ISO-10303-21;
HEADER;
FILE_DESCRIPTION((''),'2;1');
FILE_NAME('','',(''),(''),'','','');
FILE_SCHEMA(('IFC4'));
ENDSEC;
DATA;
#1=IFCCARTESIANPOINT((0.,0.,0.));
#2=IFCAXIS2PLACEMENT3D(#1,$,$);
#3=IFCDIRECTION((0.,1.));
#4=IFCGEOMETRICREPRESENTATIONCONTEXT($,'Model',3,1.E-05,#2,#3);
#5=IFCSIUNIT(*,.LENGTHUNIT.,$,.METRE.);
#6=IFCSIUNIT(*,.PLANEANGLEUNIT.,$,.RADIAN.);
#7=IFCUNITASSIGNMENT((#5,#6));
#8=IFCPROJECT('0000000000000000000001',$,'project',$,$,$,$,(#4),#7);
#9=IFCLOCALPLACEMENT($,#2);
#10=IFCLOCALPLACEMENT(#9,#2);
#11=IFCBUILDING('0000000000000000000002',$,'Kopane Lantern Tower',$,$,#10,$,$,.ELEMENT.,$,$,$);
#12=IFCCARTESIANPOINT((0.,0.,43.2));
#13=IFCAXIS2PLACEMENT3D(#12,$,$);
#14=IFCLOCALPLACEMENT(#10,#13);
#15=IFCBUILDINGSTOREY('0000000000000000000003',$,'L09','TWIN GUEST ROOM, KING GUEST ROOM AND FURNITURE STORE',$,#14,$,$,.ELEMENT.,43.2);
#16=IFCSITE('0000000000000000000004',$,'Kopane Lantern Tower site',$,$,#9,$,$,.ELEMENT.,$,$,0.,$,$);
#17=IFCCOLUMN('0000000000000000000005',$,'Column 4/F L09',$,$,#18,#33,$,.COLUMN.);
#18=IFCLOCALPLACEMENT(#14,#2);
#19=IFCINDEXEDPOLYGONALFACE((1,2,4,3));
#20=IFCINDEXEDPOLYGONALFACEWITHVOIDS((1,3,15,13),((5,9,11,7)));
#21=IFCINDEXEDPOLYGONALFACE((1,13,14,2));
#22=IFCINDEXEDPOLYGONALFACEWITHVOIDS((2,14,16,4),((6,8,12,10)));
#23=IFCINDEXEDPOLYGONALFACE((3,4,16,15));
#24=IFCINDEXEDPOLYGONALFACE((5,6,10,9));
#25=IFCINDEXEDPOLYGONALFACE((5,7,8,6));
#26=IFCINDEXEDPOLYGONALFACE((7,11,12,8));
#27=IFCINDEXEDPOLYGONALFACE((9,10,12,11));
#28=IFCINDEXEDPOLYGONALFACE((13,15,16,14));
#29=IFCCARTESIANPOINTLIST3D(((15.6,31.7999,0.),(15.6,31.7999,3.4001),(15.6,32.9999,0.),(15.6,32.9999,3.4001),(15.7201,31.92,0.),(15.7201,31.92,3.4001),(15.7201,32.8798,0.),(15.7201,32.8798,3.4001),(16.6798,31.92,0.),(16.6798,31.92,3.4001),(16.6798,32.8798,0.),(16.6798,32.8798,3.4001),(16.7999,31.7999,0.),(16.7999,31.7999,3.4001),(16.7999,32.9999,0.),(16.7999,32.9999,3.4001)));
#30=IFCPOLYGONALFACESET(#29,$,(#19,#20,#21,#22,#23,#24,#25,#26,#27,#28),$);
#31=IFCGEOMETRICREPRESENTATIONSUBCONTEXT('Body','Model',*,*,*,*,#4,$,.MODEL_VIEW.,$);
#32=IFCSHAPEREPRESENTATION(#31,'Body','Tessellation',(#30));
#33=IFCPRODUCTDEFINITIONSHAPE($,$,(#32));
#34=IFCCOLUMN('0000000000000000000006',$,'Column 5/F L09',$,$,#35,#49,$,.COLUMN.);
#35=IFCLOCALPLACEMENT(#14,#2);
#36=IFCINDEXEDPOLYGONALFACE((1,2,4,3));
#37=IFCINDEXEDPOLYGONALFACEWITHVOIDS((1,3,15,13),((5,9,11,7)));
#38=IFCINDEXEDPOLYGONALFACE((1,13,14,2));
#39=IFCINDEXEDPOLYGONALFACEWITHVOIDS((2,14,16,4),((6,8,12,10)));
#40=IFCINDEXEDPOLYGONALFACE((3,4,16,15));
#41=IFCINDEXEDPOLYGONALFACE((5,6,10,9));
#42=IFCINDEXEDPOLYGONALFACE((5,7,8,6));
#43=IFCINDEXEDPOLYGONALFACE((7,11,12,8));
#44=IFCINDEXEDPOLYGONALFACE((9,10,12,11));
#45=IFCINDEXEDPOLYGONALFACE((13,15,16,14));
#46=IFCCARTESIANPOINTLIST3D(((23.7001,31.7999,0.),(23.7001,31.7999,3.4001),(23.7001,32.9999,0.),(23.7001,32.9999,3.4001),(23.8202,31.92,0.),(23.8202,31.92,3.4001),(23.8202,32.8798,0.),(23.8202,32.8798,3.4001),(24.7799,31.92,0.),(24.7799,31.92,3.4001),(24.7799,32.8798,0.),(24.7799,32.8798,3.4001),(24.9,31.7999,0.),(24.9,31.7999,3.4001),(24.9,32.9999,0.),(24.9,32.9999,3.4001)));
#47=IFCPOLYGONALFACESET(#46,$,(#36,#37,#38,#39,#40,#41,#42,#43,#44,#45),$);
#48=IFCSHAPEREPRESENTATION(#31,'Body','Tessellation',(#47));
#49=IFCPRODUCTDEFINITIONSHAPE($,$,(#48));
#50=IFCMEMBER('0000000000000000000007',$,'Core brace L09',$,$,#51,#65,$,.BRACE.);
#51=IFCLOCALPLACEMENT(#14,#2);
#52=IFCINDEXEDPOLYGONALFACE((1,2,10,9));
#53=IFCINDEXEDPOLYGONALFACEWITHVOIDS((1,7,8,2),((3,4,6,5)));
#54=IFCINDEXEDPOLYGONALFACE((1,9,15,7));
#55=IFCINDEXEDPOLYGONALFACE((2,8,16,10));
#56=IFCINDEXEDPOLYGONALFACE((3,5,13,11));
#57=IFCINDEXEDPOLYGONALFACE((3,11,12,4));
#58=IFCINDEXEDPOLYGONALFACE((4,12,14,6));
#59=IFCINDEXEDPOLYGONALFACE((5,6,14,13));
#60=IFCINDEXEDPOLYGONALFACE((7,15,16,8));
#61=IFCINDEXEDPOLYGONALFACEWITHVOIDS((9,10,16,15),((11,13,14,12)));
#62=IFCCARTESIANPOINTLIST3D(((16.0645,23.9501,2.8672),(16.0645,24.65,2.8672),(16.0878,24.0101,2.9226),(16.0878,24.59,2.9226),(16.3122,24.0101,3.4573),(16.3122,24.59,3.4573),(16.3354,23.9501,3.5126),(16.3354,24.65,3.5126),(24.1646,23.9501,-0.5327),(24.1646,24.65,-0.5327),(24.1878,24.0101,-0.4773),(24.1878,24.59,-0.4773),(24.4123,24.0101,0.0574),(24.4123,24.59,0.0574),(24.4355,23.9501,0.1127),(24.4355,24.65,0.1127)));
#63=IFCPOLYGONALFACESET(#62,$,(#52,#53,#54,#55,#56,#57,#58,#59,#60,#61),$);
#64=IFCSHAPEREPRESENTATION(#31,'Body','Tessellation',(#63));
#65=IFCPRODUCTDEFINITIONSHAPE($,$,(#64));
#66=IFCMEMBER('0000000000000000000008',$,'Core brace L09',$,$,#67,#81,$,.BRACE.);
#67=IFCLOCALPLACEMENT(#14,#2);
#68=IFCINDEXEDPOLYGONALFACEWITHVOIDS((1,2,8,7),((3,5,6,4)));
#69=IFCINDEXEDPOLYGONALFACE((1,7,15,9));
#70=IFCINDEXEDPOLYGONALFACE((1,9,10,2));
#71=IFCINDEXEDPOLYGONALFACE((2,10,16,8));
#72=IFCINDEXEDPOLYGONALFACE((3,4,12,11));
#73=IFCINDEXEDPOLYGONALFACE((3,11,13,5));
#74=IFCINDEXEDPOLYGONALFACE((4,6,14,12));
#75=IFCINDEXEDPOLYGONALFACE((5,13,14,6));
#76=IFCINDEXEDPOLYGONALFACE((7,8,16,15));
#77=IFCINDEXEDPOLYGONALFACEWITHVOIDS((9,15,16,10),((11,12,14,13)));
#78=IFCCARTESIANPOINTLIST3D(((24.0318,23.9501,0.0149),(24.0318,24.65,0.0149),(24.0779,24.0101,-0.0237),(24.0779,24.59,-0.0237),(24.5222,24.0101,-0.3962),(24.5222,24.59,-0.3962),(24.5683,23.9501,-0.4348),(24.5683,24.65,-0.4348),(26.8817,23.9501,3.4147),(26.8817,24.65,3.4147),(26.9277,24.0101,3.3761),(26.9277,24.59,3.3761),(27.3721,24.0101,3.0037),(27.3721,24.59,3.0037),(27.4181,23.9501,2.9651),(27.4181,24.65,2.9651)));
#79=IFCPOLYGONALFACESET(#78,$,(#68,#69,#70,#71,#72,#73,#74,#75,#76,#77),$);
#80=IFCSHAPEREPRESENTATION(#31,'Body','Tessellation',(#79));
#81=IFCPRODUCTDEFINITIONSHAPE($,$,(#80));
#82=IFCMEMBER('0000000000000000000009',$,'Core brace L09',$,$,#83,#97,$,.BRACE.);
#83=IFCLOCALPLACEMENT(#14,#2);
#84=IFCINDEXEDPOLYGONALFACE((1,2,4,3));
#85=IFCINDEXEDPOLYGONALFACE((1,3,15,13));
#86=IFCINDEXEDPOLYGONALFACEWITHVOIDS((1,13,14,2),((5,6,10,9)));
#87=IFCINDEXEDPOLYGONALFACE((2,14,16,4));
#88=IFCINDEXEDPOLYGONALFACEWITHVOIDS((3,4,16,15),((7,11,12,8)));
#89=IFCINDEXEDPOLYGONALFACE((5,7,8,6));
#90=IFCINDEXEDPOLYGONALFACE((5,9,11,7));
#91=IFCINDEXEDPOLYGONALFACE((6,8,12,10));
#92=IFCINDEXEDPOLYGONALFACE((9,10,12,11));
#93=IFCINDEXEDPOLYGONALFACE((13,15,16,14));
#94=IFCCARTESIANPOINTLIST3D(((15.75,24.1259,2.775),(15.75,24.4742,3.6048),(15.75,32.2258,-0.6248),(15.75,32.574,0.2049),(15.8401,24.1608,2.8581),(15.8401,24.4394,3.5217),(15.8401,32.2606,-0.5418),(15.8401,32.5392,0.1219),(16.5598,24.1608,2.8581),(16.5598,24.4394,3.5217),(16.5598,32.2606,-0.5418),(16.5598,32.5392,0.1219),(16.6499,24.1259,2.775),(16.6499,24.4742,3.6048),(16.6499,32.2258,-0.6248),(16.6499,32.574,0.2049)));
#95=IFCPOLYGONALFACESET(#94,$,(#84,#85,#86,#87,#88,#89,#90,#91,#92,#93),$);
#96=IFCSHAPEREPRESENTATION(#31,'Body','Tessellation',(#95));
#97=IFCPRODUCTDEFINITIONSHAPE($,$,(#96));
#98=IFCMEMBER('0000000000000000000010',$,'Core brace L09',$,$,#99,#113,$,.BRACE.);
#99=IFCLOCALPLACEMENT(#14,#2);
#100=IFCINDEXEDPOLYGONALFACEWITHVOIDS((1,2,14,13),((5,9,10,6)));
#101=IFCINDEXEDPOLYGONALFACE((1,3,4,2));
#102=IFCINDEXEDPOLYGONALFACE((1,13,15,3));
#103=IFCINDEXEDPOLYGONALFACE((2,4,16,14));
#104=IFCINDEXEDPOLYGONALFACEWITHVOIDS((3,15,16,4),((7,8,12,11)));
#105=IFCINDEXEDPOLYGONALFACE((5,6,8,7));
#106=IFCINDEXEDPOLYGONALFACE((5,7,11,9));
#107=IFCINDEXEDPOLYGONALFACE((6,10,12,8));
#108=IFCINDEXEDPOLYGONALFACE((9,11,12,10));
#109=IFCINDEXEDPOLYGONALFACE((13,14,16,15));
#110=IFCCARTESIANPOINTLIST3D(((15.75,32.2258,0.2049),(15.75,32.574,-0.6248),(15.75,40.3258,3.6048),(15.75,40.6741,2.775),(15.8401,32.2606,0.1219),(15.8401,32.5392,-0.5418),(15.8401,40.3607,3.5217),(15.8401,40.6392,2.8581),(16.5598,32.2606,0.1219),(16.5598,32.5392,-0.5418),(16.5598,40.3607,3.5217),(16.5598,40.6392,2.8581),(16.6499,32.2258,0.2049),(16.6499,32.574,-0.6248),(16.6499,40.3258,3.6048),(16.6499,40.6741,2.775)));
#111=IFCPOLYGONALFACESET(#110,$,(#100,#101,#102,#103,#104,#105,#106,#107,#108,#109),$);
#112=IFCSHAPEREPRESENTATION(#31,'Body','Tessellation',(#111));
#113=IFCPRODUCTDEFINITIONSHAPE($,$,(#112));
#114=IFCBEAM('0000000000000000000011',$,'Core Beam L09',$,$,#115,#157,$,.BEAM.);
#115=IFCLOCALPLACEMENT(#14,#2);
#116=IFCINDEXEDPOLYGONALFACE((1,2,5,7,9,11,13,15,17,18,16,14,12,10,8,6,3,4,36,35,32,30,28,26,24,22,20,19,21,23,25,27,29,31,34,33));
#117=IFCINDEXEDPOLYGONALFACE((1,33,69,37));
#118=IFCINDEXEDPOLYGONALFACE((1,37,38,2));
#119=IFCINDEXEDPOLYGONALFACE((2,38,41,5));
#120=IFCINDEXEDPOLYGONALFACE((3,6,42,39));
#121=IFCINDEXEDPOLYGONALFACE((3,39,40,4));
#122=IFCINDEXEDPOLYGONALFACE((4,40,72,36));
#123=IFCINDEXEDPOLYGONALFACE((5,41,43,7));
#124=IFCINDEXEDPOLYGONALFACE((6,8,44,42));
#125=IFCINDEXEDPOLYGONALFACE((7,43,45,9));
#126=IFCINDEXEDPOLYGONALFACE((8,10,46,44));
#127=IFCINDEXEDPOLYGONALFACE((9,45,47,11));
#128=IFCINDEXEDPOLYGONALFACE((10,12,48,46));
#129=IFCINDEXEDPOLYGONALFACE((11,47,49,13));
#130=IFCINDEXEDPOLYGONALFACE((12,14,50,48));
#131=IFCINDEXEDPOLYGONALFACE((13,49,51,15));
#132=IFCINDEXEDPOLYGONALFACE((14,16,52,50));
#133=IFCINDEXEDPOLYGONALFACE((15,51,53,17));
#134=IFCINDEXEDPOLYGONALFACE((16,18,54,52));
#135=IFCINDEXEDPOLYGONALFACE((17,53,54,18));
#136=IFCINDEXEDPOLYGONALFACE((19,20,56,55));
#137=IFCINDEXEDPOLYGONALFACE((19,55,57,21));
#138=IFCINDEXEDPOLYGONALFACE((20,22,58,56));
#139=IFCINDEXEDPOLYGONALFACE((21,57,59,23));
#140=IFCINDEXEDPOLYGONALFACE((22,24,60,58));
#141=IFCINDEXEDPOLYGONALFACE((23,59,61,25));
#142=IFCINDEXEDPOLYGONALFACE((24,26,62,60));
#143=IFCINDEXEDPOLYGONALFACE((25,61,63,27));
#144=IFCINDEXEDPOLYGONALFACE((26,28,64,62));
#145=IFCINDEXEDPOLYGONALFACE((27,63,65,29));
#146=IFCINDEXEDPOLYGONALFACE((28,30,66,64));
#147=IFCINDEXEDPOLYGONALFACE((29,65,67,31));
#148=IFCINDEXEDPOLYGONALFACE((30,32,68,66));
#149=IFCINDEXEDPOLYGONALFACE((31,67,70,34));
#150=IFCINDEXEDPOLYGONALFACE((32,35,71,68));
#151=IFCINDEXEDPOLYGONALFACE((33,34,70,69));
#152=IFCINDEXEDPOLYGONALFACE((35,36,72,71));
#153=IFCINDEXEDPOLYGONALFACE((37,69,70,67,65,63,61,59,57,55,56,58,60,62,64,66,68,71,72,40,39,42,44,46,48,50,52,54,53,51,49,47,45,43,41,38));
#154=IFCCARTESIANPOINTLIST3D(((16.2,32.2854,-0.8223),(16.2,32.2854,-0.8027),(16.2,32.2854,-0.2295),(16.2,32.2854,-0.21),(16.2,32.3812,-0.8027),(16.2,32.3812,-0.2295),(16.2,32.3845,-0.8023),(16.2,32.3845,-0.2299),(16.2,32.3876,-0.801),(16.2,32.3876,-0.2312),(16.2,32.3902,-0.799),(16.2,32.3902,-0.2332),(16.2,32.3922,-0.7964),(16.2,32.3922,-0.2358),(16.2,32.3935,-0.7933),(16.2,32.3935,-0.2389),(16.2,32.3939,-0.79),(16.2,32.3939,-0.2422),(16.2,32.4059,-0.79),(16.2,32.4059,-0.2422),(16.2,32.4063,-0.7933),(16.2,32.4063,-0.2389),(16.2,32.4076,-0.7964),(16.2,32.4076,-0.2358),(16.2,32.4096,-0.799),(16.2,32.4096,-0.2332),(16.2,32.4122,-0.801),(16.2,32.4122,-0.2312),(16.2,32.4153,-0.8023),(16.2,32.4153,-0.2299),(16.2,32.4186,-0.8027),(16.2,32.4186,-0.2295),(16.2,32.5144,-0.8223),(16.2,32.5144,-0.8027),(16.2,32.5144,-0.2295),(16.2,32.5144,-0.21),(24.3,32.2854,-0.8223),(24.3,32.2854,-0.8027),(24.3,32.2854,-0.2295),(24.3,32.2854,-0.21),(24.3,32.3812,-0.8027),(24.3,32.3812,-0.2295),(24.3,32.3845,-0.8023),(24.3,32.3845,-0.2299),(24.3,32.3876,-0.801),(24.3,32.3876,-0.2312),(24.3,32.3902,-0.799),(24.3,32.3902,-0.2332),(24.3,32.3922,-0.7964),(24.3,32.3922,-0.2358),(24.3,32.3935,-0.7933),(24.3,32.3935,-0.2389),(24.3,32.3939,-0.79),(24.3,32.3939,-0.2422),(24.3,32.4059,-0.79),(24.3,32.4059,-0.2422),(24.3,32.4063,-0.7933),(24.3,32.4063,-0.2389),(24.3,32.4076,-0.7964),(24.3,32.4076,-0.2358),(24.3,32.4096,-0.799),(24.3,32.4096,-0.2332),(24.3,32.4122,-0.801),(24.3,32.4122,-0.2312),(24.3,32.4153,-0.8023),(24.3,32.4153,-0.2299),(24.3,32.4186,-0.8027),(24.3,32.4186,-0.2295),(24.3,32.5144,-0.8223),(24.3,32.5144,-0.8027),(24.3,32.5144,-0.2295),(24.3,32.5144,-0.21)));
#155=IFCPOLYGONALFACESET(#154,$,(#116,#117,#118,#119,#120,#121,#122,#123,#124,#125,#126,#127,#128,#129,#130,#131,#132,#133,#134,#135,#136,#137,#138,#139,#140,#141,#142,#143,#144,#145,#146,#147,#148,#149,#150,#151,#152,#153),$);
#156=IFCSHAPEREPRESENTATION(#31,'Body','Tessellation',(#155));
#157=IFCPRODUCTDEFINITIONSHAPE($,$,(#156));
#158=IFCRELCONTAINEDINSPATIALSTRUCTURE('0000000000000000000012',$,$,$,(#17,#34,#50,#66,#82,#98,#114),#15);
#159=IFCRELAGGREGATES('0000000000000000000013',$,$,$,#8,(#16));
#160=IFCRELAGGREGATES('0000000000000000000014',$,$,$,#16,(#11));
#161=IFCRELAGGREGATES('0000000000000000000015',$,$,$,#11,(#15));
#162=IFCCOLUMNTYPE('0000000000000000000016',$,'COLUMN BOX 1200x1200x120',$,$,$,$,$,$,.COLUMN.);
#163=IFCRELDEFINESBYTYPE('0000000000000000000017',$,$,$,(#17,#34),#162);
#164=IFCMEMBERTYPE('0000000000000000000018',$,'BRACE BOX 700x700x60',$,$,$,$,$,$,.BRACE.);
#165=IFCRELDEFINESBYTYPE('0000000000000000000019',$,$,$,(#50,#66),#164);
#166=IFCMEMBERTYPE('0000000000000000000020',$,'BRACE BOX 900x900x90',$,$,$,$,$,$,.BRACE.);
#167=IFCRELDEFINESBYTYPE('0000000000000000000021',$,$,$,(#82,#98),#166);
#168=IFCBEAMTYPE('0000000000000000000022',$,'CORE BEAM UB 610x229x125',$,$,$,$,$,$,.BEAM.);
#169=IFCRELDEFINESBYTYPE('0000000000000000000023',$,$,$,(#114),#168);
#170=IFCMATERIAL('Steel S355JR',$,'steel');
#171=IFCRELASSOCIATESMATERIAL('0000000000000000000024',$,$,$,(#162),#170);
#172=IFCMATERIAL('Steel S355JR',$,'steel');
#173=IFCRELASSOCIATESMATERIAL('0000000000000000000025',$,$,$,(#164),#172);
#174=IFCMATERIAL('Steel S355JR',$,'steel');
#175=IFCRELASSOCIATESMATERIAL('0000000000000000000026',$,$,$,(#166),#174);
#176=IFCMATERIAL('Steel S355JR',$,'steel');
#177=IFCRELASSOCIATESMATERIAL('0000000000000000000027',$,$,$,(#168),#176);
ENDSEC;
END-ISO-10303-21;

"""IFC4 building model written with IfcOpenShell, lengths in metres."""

from ifc_helpers import new_model, si_unit, direction, frame, origin, origin_2d, place, context, subcontext, project, spatial, hollow_rectangle, i_section, extrude, material, material_profile, profile_set, type_object, element, save


model = new_model("IFC4")

# Units and contexts
model_context = context("Model", 3, precision=1e-05, world=origin(), true_north=direction((0.0, 1.0)))
body_context = subcontext(model_context, "Body", "Model", "MODEL_VIEW")
ifc_project = project(units=[si_unit("LENGTHUNIT", "METRE"), si_unit("PLANEANGLEUNIT", "RADIAN")], contexts=[model_context])

# Site, building, storey
site_placement = place(None, origin())
site = spatial("IfcSite", under=ifc_project, at=site_placement, Name="Kopane Lantern Tower site", CompositionType="ELEMENT", RefElevation=0.0)
building_placement = place(site_placement, origin())
building = spatial("IfcBuilding", under=site, at=building_placement, Name="Kopane Lantern Tower", CompositionType="ELEMENT")
storey_placement = place(building_placement, frame((0.0, 0.0, 43.2)))
storey = spatial("IfcBuildingStorey", under=building, at=storey_placement, Name="L09", Description="TWIN GUEST ROOM, KING GUEST ROOM AND FURNITURE STORE", CompositionType="ELEMENT", Elevation=43.2)

# Columns
ifc_material_1 = material(Name="Steel S355JR", Category="steel")
ifc_material_profile_1 = material_profile(ifc_material_1, hollow_rectangle(XDim=1.2, YDim=1.2, WallThickness=0.1201, at=origin_2d()), Name="BOX 1200x1200x120")
ifc_profile_set_1 = profile_set([ifc_material_profile_1], Name="Steel S355JR")
column_type = type_object("IfcColumnType", Name="COLUMN BOX 1200x1200x120", PredefinedType="COLUMN", material=ifc_profile_set_1)
for number, where, z_axis, x_axis, name in (
    (1, (16.2, 32.3999, 0.0), (0.0, 0.0, 1.0), (1.0, 0.0, 0.0), "Column 4/F L09"),
    (2, (24.3, 32.3999, 0.0), (0.0, 0.0, 1.0), (1.0, 0.0, 0.0), "Column 5/F L09"),
):
    element("IfcColumn", number, at=place(storey_placement, frame(where, z_axis=z_axis, x_axis=x_axis)), inside=storey, type_object=column_type, Name=name, PredefinedType="COLUMN", context=body_context, shape_type="SweptSolid", body=[
        extrude(hollow_rectangle(XDim=1.2, YDim=1.2, WallThickness=0.1201, at=origin_2d()), origin(), (0.0, 0.0, 1.0), 3.4001),
    ])

# Members
ifc_material_2 = material(Name="Steel S355JR", Category="steel")
ifc_material_profile_2 = material_profile(ifc_material_2, hollow_rectangle(XDim=0.7, YDim=0.7, WallThickness=0.0601, at=origin_2d()), Name="BOX 700x700x60")
ifc_profile_set_2 = profile_set([ifc_material_profile_2], Name="Steel S355JR")
member_type_1 = type_object("IfcMemberType", Name="BRACE BOX 700x700x60", PredefinedType="BRACE", material=ifc_profile_set_2)
member_1_placement = place(storey_placement, frame((24.3, 24.3, -0.21), z_axis=(-0.922069, 0.0, 0.387026), x_axis=(0.0, -1.0, 0.0)))
element("IfcMember", 3, at=member_1_placement, inside=storey, type_object=member_type_1, Name="Core brace L09", PredefinedType="BRACE", context=body_context, shape_type="SweptSolid", body=[
    extrude(hollow_rectangle(XDim=0.7, YDim=0.7, WallThickness=0.0601, at=origin_2d()), origin(), (0.0, 0.0, 1.0), 8.7847),
])
member_2_placement = place(storey_placement, frame((24.3, 24.3, -0.21), z_axis=(0.64239, 0.0, 0.766378), x_axis=(0.0, 1.0, 0.0)))
element("IfcMember", 4, at=member_2_placement, inside=storey, type_object=member_type_1, Name="Core brace L09", PredefinedType="BRACE", context=body_context, shape_type="SweptSolid", body=[
    extrude(hollow_rectangle(XDim=0.7, YDim=0.7, WallThickness=0.0601, at=origin_2d()), origin(), (0.0, 0.0, 1.0), 4.4363),
])
ifc_material_3 = material(Name="Steel S355JR", Category="steel")
ifc_material_profile_3 = material_profile(ifc_material_3, hollow_rectangle(XDim=0.8999, YDim=0.8999, WallThickness=0.0901, at=origin_2d()), Name="BOX 900x900x90")
ifc_profile_set_3 = profile_set([ifc_material_profile_3], Name="Steel S355JR")
member_type_2 = type_object("IfcMemberType", Name="BRACE BOX 900x900x90", PredefinedType="BRACE", material=ifc_profile_set_3)
member_3_placement = place(storey_placement, frame((16.2, 32.3999, -0.21), z_axis=(0.0, -0.922065, 0.387035), x_axis=(1.0, 0.0, 0.0)))
element("IfcMember", 5, at=member_3_placement, inside=storey, type_object=member_type_2, Name="Core brace L09", PredefinedType="BRACE", context=body_context, shape_type="SweptSolid", body=[
    extrude(hollow_rectangle(XDim=0.8999, YDim=0.8999, WallThickness=0.0901, at=origin_2d()), origin(), (0.0, 0.0, 1.0), 8.7844),
])
member_4_placement = place(storey_placement, frame((16.2, 32.3999, -0.21), z_axis=(0.0, 0.922069, 0.387026), x_axis=(-1.0, 0.0, 0.0)))
element("IfcMember", 6, at=member_4_placement, inside=storey, type_object=member_type_2, Name="Core brace L09", PredefinedType="BRACE", context=body_context, shape_type="SweptSolid", body=[
    extrude(hollow_rectangle(XDim=0.8999, YDim=0.8999, WallThickness=0.0901, at=origin_2d()), origin(), (0.0, 0.0, 1.0), 8.7847),
])

# Beam
ifc_material_4 = material(Name="Steel S355JR", Category="steel")
ifc_material_profile_4 = material_profile(ifc_material_4, i_section(OverallWidth=0.229, OverallDepth=0.6123, WebThickness=0.012, FlangeThickness=0.0195, FilletRadius=0.0127, at=origin_2d()), Name="UB 610x229x125")
ifc_profile_set_4 = profile_set([ifc_material_profile_4], Name="Steel S355JR")
beam_type_1 = type_object("IfcBeamType", Name="CORE BEAM UB 610x229x125", PredefinedType="BEAM", material=ifc_profile_set_4)
for number, where, z_axis, x_axis, name in (
    (7, (16.2, 32.3999, -0.5161), (1.0, 0.0, 0.0), (0.0, 1.0, 0.0), "Core Beam L09"),
):
    element("IfcBeam", number, at=place(storey_placement, frame(where, z_axis=z_axis, x_axis=x_axis)), inside=storey, type_object=beam_type_1, Name=name, PredefinedType="BEAM", context=body_context, shape_type="SweptSolid", body=[
        extrude(i_section(OverallWidth=0.229, OverallDepth=0.6123, WebThickness=0.012, FlangeThickness=0.0195, FilletRadius=0.0127, at=origin_2d()), origin(), (0.0, 0.0, 1.0), 8.1001),
    ])

save(model, "model.ifc")
